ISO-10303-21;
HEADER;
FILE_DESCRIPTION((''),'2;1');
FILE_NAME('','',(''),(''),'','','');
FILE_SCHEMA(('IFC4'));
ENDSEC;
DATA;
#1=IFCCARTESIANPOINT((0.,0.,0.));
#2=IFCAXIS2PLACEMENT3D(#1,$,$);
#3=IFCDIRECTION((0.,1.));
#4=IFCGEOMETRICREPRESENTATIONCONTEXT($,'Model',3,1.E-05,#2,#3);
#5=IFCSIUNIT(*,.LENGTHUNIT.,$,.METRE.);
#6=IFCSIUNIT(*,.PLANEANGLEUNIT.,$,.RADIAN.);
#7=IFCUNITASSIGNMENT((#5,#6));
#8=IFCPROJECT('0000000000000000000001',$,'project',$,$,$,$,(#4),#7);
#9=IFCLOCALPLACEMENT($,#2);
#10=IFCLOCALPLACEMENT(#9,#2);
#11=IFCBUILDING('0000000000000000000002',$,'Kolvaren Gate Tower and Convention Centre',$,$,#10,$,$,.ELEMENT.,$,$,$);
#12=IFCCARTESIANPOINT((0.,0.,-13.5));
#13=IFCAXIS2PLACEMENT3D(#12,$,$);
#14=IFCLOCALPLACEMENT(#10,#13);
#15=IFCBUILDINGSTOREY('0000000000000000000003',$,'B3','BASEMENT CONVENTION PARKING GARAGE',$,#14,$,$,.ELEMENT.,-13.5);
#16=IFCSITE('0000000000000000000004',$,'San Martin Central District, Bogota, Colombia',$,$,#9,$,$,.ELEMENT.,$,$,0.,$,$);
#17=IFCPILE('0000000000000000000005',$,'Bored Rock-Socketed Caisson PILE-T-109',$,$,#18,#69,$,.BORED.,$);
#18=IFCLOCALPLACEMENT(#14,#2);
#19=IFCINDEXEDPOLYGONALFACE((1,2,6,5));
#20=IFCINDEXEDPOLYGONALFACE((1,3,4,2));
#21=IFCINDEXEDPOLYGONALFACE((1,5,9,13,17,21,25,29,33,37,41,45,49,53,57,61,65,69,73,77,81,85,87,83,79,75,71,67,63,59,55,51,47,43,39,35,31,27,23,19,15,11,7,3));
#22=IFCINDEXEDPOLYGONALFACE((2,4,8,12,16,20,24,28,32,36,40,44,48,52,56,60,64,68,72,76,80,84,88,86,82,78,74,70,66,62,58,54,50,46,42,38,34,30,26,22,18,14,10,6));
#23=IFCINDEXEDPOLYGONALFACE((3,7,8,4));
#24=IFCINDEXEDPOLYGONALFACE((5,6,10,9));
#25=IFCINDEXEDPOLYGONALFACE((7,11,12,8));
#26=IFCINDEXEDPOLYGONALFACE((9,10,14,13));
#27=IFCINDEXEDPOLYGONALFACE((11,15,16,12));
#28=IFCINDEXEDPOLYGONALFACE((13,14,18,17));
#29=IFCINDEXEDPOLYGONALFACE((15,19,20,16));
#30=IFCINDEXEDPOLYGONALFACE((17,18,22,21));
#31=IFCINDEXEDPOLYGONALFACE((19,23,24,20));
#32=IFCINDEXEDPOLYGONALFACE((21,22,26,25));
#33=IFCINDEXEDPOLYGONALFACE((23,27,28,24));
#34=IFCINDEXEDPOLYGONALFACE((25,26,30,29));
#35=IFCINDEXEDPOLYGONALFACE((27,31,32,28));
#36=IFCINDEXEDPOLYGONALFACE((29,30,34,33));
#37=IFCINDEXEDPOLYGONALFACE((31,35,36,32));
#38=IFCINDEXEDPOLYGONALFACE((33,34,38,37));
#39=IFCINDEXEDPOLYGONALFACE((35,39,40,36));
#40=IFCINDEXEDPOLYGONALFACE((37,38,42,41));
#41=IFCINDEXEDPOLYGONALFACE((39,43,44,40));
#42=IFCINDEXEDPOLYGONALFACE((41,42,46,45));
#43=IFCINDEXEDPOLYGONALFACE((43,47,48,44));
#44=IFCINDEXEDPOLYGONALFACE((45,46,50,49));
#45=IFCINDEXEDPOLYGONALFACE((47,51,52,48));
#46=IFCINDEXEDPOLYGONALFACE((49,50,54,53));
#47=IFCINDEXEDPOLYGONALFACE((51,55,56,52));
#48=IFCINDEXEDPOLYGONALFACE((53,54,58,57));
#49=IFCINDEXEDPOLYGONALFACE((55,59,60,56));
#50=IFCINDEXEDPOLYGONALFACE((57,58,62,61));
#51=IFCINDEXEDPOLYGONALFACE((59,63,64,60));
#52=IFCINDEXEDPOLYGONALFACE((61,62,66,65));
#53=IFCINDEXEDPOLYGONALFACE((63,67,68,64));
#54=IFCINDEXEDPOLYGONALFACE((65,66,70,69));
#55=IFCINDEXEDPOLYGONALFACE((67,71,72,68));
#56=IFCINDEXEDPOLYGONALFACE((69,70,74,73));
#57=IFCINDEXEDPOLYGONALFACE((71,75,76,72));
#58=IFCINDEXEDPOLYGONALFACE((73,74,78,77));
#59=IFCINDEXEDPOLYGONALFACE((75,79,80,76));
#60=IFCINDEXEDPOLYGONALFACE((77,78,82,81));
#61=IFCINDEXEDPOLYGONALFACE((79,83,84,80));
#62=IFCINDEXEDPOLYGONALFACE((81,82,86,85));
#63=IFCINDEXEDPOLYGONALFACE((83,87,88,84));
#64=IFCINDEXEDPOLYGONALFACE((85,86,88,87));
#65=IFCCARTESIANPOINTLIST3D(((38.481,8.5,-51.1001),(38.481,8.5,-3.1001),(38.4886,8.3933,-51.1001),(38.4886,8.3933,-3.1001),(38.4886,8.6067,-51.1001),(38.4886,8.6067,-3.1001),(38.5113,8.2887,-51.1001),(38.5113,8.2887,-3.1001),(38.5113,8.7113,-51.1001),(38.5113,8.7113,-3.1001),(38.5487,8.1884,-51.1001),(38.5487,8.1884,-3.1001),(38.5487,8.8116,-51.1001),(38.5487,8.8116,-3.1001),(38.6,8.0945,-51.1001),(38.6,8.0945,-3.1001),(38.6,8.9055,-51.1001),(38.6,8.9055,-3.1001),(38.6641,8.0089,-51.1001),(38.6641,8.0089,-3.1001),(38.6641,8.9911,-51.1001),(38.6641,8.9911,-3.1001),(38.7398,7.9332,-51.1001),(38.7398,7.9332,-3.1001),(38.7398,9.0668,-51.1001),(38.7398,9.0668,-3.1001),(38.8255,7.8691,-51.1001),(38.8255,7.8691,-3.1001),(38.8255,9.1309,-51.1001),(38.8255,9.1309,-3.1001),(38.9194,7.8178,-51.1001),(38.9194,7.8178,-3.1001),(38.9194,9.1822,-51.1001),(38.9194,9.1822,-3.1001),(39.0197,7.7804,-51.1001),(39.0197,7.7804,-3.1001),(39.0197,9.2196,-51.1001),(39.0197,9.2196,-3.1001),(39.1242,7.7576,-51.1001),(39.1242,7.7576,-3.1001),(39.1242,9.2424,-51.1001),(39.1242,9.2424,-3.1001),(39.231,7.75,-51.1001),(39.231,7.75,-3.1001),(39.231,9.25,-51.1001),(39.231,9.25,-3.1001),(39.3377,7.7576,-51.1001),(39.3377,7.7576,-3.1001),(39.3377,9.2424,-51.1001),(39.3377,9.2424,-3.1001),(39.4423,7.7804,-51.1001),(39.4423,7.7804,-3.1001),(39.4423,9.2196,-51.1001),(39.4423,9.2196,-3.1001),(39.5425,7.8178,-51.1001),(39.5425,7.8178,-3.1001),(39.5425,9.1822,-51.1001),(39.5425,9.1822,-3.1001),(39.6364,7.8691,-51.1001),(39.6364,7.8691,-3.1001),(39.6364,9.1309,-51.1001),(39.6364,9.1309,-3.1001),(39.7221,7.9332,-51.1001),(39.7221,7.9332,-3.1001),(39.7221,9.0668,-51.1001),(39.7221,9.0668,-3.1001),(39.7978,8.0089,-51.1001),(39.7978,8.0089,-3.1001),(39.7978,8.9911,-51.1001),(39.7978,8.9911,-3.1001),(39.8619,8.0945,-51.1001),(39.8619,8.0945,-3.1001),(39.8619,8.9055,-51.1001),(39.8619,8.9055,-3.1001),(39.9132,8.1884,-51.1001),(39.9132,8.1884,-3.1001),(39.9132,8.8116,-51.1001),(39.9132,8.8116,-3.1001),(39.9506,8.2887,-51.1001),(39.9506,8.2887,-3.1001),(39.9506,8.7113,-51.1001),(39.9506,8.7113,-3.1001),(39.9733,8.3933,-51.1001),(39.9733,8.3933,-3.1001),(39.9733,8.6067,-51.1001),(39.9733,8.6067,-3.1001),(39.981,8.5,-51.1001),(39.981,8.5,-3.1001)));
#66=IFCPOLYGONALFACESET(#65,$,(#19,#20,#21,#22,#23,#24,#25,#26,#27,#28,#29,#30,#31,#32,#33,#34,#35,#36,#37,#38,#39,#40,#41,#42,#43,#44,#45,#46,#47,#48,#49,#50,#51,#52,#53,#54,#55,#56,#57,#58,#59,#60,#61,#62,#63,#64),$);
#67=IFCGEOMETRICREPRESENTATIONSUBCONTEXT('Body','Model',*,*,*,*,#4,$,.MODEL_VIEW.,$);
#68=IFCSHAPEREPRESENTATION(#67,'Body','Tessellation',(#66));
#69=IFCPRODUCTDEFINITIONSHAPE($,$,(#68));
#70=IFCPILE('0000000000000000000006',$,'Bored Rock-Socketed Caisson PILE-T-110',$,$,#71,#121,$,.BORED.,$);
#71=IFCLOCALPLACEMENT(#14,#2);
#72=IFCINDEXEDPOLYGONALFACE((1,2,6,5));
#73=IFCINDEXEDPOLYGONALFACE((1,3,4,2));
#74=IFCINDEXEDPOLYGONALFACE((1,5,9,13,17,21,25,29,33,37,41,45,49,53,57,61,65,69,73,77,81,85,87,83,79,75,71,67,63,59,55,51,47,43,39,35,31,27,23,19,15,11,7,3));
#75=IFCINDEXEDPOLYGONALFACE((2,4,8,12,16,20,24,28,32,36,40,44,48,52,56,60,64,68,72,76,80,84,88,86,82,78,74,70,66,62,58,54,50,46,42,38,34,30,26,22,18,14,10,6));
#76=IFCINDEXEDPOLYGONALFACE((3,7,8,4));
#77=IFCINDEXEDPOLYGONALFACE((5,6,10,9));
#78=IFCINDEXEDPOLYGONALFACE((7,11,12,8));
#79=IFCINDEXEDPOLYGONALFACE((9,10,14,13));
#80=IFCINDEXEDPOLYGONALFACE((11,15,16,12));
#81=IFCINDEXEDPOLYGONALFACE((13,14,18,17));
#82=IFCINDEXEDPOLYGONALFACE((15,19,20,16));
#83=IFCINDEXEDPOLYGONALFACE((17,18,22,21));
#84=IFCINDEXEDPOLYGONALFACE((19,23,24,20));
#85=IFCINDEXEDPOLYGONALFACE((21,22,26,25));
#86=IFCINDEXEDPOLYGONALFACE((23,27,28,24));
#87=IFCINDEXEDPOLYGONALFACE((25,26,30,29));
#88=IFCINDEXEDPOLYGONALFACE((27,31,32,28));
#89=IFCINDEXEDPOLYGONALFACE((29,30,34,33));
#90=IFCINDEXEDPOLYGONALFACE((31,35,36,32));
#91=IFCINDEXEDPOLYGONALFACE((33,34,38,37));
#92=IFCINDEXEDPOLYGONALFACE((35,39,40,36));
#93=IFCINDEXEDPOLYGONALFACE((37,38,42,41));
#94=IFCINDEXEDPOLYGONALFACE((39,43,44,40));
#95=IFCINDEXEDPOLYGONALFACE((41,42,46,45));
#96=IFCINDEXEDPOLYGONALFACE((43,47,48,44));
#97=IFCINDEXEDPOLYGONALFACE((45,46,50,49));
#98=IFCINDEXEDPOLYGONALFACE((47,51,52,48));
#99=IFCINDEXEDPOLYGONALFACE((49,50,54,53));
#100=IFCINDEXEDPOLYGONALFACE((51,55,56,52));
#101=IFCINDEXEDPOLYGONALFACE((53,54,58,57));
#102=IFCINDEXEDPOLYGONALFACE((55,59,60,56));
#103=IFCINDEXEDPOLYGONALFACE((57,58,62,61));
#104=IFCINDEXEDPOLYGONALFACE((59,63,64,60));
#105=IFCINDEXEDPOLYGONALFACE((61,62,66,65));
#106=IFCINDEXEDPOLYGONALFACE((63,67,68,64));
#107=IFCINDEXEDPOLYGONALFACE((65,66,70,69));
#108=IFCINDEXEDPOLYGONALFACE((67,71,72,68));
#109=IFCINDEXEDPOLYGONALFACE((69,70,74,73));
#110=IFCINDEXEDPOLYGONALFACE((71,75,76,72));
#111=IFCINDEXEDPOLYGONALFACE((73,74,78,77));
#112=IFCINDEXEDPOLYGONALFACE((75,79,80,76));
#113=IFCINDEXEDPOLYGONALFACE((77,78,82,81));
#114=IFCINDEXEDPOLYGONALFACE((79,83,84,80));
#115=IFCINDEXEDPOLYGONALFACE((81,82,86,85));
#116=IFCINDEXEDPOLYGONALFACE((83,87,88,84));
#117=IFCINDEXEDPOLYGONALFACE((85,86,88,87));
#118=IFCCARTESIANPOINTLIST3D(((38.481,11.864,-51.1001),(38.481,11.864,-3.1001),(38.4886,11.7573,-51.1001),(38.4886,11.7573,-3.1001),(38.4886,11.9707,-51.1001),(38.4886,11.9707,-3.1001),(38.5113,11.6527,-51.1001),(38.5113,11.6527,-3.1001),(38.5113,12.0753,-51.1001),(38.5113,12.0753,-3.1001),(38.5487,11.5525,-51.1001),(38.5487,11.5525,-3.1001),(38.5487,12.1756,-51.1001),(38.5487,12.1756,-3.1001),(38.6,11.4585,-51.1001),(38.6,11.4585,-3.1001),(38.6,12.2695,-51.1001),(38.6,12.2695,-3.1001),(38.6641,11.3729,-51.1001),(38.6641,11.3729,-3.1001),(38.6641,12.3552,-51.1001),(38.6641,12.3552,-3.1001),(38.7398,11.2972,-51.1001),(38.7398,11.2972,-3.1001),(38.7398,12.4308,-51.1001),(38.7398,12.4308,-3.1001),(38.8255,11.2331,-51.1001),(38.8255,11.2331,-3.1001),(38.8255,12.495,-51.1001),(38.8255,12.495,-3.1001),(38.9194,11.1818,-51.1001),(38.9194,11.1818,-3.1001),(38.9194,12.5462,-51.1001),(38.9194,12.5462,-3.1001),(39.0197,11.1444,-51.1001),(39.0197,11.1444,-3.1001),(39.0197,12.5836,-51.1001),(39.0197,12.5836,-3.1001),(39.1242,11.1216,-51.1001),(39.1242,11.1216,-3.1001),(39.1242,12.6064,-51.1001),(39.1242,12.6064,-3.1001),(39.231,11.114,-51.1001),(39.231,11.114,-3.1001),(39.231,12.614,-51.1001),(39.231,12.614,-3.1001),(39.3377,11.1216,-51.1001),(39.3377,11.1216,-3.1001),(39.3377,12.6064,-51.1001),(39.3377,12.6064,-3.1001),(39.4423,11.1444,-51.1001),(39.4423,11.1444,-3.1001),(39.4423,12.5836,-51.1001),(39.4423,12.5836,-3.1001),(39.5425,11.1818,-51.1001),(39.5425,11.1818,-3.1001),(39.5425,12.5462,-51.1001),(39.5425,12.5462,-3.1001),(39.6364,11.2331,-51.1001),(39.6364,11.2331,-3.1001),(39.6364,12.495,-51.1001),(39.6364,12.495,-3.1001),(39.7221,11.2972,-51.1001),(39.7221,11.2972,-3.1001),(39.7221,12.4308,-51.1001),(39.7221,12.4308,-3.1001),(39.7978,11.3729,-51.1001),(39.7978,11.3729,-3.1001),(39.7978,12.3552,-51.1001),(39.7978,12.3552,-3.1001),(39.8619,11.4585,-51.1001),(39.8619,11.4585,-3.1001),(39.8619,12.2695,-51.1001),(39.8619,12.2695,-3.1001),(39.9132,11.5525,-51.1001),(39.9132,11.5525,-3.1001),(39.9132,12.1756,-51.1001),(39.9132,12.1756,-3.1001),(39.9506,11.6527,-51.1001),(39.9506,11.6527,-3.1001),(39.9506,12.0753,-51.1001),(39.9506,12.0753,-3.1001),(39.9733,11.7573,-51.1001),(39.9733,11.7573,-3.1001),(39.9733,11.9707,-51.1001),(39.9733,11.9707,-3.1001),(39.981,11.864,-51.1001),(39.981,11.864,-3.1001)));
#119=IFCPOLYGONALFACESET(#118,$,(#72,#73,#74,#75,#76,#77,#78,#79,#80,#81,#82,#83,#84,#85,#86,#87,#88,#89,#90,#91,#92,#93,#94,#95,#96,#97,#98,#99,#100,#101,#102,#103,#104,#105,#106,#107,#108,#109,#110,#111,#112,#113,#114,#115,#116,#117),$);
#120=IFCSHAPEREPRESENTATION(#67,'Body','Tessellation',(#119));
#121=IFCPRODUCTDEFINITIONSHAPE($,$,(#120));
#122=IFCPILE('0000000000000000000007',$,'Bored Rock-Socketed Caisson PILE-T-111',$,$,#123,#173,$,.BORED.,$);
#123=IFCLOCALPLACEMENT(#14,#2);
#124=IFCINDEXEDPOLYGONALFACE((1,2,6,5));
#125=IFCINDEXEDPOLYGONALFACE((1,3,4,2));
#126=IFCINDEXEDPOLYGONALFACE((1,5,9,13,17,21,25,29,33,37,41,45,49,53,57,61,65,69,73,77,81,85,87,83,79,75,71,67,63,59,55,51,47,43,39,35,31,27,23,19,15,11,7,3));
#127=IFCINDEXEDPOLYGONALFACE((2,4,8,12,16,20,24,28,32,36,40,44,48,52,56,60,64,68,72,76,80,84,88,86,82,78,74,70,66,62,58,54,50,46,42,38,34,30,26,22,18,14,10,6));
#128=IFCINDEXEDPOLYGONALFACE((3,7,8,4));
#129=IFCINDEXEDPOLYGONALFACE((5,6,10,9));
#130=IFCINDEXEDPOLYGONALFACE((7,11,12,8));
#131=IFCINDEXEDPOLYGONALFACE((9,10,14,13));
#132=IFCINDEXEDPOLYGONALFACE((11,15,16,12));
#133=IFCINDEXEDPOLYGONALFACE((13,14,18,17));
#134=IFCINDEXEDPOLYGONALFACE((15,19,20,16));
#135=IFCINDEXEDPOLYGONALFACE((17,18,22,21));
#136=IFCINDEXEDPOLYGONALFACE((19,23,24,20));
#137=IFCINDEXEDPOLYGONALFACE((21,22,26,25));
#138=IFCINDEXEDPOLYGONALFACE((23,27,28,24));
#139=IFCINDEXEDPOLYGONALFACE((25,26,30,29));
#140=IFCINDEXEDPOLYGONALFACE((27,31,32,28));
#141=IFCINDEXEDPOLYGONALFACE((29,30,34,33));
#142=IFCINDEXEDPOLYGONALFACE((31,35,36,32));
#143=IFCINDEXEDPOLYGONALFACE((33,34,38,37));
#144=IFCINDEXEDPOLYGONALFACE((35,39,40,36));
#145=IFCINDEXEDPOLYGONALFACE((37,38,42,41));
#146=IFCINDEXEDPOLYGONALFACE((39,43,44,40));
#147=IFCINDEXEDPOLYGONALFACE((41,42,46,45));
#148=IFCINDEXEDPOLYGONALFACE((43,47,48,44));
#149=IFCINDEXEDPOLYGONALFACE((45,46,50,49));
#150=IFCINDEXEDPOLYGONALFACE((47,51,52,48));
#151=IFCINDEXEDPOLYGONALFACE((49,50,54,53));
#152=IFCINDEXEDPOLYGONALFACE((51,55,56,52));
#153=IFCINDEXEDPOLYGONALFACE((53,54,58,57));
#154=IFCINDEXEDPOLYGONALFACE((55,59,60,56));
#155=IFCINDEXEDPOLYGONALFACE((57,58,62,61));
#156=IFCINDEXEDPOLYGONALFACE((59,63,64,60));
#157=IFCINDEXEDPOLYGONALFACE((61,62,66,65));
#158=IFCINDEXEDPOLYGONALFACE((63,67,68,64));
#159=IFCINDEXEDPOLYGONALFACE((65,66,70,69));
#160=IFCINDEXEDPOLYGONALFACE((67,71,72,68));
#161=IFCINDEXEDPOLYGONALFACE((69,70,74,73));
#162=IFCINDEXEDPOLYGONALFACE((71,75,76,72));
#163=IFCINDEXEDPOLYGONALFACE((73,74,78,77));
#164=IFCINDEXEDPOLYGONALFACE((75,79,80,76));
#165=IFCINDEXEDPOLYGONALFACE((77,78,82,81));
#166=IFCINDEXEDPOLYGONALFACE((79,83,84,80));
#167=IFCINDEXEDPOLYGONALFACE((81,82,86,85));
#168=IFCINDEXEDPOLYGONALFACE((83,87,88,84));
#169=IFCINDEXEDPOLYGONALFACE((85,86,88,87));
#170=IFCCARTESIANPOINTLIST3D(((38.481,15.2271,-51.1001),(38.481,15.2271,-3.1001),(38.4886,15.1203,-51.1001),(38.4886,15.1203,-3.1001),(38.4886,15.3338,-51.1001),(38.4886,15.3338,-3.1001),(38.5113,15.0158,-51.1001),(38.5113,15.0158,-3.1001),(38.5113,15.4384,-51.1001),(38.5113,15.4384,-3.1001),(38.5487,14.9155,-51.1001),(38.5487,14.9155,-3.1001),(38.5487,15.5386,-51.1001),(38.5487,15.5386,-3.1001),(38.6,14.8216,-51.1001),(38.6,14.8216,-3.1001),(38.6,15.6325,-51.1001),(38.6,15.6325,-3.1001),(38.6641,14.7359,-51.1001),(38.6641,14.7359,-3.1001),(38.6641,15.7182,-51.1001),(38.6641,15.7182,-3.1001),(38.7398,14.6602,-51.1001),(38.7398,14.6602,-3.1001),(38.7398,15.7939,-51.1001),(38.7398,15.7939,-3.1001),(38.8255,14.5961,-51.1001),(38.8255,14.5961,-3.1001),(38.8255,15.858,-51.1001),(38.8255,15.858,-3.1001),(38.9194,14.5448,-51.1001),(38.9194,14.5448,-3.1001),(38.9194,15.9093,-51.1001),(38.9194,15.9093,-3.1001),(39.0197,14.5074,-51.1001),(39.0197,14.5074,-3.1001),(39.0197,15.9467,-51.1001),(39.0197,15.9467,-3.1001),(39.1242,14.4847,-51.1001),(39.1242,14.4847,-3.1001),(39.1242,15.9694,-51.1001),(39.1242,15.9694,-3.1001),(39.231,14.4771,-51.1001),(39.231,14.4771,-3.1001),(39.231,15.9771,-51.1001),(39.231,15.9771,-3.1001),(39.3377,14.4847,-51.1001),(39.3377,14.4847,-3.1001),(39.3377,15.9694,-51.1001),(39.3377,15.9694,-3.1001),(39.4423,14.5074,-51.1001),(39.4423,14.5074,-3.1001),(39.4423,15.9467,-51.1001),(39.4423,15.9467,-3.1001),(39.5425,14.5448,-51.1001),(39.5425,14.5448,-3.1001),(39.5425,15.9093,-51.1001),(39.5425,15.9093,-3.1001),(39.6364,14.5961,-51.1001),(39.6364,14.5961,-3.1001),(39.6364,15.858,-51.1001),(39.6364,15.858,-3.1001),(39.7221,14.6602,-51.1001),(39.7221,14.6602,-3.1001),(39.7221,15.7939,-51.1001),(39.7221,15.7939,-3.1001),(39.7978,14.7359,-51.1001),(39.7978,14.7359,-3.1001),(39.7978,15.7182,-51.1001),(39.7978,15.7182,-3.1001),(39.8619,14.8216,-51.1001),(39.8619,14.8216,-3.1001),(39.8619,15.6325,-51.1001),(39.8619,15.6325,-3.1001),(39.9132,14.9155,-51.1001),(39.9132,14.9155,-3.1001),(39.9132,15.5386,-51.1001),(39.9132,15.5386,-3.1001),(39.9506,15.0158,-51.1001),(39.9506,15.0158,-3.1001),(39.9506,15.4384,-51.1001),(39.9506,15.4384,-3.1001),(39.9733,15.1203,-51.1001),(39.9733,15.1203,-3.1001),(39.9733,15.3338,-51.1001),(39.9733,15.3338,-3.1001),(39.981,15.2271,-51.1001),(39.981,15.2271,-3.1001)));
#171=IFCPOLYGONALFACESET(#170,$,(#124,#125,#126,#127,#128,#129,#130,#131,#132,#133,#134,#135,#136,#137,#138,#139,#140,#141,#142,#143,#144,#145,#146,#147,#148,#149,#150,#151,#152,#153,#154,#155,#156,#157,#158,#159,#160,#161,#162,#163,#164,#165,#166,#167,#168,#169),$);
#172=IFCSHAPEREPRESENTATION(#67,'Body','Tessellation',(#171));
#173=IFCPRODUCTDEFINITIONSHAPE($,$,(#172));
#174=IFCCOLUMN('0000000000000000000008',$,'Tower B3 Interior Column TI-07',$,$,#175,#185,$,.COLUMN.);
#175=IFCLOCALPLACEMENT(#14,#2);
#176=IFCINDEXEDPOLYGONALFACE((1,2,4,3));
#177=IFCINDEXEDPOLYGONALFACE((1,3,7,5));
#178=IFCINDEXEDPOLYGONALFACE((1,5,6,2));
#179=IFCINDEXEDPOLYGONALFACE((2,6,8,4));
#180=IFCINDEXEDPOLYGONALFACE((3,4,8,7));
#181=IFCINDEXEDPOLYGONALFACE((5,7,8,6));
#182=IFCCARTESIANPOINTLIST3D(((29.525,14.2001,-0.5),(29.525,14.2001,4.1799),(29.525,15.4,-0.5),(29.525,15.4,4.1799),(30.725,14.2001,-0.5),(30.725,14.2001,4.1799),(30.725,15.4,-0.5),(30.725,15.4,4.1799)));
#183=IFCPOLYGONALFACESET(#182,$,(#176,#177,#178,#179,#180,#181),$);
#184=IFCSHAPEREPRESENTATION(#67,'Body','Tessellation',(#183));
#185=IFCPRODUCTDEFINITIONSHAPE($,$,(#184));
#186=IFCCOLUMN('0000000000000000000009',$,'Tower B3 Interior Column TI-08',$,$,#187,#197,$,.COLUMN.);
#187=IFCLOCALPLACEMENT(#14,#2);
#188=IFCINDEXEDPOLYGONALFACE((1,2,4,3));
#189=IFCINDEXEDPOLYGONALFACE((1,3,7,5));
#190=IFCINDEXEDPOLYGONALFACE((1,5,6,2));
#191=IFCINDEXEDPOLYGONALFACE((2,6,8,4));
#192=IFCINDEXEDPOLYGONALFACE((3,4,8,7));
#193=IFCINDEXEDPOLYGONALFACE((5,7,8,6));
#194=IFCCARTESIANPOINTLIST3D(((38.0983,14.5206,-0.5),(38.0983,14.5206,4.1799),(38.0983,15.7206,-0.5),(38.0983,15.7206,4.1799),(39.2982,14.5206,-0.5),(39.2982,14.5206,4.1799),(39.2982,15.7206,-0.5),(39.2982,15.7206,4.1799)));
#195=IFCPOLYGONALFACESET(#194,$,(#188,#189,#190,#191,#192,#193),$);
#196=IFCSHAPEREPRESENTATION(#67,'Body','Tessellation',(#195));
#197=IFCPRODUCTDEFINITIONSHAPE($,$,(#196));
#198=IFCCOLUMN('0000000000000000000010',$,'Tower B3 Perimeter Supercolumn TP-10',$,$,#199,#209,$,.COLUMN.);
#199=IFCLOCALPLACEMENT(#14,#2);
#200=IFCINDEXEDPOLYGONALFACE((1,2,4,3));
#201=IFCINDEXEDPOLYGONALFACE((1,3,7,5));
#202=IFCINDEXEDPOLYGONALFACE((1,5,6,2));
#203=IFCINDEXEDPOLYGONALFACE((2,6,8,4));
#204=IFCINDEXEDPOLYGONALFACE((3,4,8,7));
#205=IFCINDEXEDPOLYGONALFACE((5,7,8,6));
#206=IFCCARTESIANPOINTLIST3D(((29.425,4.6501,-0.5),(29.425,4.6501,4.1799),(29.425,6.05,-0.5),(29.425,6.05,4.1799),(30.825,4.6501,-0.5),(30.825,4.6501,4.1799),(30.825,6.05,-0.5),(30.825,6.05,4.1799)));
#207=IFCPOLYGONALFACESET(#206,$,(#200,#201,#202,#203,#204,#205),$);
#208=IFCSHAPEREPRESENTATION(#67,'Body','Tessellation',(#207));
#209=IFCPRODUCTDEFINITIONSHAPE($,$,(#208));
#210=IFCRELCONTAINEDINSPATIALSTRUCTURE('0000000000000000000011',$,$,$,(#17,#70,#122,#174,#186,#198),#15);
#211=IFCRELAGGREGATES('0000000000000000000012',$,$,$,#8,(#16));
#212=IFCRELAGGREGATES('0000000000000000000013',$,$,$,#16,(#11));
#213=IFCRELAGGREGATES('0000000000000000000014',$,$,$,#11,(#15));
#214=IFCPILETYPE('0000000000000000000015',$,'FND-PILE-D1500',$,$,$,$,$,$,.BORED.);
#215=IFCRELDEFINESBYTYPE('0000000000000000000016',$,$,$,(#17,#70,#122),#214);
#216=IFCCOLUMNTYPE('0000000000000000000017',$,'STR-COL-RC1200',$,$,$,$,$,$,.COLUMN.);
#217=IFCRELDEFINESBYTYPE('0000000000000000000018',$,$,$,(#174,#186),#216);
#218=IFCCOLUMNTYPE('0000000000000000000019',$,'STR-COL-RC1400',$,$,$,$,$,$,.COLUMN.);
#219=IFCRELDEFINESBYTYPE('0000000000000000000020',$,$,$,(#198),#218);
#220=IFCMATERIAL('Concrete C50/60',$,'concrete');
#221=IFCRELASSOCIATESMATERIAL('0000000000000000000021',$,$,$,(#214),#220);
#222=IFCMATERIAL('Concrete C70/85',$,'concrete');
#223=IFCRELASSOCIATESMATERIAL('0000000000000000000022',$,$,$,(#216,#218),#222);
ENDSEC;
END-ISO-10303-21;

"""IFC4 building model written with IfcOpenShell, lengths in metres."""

from ifc_helpers import new_model, si_unit, direction, frame, origin, origin_2d, place, context, subcontext, project, spatial, rectangle, circle, extrude, material, material_profile, profile_set, type_object, element, save


model = new_model("IFC4")

# Units and contexts
model_context = context("Model", 3, precision=1e-05, world=origin(), true_north=direction((0.0, 1.0)))
body_context = subcontext(model_context, "Body", "Model", "MODEL_VIEW")
ifc_project = project(units=[si_unit("LENGTHUNIT", "METRE"), si_unit("PLANEANGLEUNIT", "RADIAN")], contexts=[model_context])

# Site, building, storey
site_placement = place(None, origin())
site = spatial("IfcSite", under=ifc_project, at=site_placement, Name="San Martin Central District, Bogota, Colombia", CompositionType="ELEMENT", RefElevation=0.0)
building_placement = place(site_placement, origin())
building = spatial("IfcBuilding", under=site, at=building_placement, Name="Kolvaren Gate Tower and Convention Centre", CompositionType="ELEMENT")
storey_placement = place(building_placement, frame((0.0, 0.0, -13.5)))
storey = spatial("IfcBuildingStorey", under=building, at=storey_placement, Name="B3", Description="BASEMENT CONVENTION PARKING GARAGE", CompositionType="ELEMENT", Elevation=-13.5)

# Shared definitions
ifc_material_1 = material(Name="Concrete C50/60", Category="concrete")

# Piles
ifc_material_profile_1 = material_profile(ifc_material_1, circle(Radius=0.75, at=origin_2d()), Name="CAISSON-D1500")
ifc_profile_set_1 = profile_set([ifc_material_profile_1], Name="Concrete C50/60")
pile_type = type_object("IfcPileType", Name="FND-PILE-D1500", PredefinedType="BORED", material=ifc_profile_set_1)
for number, where, z_axis, x_axis, name in (
    (1, (39.231, 8.5, -3.1001), (0.0, 0.0, -1.0), (1.0, 0.0, 0.0), "Bored Rock-Socketed Caisson PILE-T-109"),
    (2, (39.231, 11.864, -3.1001), (0.0, 0.0, -1.0), (1.0, 0.0, 0.0), "Bored Rock-Socketed Caisson PILE-T-110"),
    (3, (39.231, 15.2271, -3.1001), (0.0, 0.0, -1.0), (1.0, 0.0, 0.0), "Bored Rock-Socketed Caisson PILE-T-111"),
):
    element("IfcPile", number, at=place(storey_placement, frame(where, z_axis=z_axis, x_axis=x_axis)), inside=storey, type_object=pile_type, Name=name, PredefinedType="BORED", context=body_context, shape_type="SweptSolid", body=[
        extrude(circle(Radius=0.75, at=origin_2d()), origin(), (0.0, 0.0, 1.0), 48.0),
    ])

# Columns
ifc_material_2 = material(Name="Concrete C70/85", Category="concrete")
ifc_material_profile_2 = material_profile(ifc_material_2, rectangle(XDim=1.2, YDim=1.2, at=origin_2d()), Name="RC-COL-1200X1200")
ifc_profile_set_2 = profile_set([ifc_material_profile_2], Name="Concrete C70/85")
column_type_1 = type_object("IfcColumnType", Name="STR-COL-RC1200", PredefinedType="COLUMN", material=ifc_profile_set_2)
for number, where, z_axis, x_axis, name in (
    (4, (30.125, 14.8, -0.5), (0.0, 0.0, 1.0), (1.0, 0.0, 0.0), "Tower B3 Interior Column TI-07"),
    (5, (38.6982, 15.1206, -0.5), (0.0, 0.0, 1.0), (1.0, 0.0, 0.0), "Tower B3 Interior Column TI-08"),
):
    element("IfcColumn", number, at=place(storey_placement, frame(where, z_axis=z_axis, x_axis=x_axis)), inside=storey, type_object=column_type_1, Name=name, PredefinedType="COLUMN", context=body_context, shape_type="SweptSolid", body=[
        extrude(rectangle(XDim=1.2, YDim=1.2, at=origin_2d()), origin(), (0.0, 0.0, 1.0), 4.6799),
    ])
ifc_material_profile_3 = material_profile(ifc_material_2, rectangle(XDim=1.3999, YDim=1.3999, at=origin_2d()), Name="RC-COL-1400X1400")
ifc_profile_set_3 = profile_set([ifc_material_profile_3], Name="Concrete C70/85")
column_type_2 = type_object("IfcColumnType", Name="STR-COL-RC1400", PredefinedType="COLUMN", material=ifc_profile_set_3)
column_placement = place(storey_placement, frame((30.125, 5.3501, -0.5), z_axis=(0.0, 0.0, 1.0), x_axis=(1.0, 0.0, 0.0)))
element("IfcColumn", 6, at=column_placement, inside=storey, type_object=column_type_2, Name="Tower B3 Perimeter Supercolumn TP-10", PredefinedType="COLUMN", context=body_context, shape_type="SweptSolid", body=[
    extrude(rectangle(XDim=1.3999, YDim=1.3999, at=origin_2d()), origin(), (0.0, 0.0, 1.0), 4.6799),
])

save(model, "model.ifc")
